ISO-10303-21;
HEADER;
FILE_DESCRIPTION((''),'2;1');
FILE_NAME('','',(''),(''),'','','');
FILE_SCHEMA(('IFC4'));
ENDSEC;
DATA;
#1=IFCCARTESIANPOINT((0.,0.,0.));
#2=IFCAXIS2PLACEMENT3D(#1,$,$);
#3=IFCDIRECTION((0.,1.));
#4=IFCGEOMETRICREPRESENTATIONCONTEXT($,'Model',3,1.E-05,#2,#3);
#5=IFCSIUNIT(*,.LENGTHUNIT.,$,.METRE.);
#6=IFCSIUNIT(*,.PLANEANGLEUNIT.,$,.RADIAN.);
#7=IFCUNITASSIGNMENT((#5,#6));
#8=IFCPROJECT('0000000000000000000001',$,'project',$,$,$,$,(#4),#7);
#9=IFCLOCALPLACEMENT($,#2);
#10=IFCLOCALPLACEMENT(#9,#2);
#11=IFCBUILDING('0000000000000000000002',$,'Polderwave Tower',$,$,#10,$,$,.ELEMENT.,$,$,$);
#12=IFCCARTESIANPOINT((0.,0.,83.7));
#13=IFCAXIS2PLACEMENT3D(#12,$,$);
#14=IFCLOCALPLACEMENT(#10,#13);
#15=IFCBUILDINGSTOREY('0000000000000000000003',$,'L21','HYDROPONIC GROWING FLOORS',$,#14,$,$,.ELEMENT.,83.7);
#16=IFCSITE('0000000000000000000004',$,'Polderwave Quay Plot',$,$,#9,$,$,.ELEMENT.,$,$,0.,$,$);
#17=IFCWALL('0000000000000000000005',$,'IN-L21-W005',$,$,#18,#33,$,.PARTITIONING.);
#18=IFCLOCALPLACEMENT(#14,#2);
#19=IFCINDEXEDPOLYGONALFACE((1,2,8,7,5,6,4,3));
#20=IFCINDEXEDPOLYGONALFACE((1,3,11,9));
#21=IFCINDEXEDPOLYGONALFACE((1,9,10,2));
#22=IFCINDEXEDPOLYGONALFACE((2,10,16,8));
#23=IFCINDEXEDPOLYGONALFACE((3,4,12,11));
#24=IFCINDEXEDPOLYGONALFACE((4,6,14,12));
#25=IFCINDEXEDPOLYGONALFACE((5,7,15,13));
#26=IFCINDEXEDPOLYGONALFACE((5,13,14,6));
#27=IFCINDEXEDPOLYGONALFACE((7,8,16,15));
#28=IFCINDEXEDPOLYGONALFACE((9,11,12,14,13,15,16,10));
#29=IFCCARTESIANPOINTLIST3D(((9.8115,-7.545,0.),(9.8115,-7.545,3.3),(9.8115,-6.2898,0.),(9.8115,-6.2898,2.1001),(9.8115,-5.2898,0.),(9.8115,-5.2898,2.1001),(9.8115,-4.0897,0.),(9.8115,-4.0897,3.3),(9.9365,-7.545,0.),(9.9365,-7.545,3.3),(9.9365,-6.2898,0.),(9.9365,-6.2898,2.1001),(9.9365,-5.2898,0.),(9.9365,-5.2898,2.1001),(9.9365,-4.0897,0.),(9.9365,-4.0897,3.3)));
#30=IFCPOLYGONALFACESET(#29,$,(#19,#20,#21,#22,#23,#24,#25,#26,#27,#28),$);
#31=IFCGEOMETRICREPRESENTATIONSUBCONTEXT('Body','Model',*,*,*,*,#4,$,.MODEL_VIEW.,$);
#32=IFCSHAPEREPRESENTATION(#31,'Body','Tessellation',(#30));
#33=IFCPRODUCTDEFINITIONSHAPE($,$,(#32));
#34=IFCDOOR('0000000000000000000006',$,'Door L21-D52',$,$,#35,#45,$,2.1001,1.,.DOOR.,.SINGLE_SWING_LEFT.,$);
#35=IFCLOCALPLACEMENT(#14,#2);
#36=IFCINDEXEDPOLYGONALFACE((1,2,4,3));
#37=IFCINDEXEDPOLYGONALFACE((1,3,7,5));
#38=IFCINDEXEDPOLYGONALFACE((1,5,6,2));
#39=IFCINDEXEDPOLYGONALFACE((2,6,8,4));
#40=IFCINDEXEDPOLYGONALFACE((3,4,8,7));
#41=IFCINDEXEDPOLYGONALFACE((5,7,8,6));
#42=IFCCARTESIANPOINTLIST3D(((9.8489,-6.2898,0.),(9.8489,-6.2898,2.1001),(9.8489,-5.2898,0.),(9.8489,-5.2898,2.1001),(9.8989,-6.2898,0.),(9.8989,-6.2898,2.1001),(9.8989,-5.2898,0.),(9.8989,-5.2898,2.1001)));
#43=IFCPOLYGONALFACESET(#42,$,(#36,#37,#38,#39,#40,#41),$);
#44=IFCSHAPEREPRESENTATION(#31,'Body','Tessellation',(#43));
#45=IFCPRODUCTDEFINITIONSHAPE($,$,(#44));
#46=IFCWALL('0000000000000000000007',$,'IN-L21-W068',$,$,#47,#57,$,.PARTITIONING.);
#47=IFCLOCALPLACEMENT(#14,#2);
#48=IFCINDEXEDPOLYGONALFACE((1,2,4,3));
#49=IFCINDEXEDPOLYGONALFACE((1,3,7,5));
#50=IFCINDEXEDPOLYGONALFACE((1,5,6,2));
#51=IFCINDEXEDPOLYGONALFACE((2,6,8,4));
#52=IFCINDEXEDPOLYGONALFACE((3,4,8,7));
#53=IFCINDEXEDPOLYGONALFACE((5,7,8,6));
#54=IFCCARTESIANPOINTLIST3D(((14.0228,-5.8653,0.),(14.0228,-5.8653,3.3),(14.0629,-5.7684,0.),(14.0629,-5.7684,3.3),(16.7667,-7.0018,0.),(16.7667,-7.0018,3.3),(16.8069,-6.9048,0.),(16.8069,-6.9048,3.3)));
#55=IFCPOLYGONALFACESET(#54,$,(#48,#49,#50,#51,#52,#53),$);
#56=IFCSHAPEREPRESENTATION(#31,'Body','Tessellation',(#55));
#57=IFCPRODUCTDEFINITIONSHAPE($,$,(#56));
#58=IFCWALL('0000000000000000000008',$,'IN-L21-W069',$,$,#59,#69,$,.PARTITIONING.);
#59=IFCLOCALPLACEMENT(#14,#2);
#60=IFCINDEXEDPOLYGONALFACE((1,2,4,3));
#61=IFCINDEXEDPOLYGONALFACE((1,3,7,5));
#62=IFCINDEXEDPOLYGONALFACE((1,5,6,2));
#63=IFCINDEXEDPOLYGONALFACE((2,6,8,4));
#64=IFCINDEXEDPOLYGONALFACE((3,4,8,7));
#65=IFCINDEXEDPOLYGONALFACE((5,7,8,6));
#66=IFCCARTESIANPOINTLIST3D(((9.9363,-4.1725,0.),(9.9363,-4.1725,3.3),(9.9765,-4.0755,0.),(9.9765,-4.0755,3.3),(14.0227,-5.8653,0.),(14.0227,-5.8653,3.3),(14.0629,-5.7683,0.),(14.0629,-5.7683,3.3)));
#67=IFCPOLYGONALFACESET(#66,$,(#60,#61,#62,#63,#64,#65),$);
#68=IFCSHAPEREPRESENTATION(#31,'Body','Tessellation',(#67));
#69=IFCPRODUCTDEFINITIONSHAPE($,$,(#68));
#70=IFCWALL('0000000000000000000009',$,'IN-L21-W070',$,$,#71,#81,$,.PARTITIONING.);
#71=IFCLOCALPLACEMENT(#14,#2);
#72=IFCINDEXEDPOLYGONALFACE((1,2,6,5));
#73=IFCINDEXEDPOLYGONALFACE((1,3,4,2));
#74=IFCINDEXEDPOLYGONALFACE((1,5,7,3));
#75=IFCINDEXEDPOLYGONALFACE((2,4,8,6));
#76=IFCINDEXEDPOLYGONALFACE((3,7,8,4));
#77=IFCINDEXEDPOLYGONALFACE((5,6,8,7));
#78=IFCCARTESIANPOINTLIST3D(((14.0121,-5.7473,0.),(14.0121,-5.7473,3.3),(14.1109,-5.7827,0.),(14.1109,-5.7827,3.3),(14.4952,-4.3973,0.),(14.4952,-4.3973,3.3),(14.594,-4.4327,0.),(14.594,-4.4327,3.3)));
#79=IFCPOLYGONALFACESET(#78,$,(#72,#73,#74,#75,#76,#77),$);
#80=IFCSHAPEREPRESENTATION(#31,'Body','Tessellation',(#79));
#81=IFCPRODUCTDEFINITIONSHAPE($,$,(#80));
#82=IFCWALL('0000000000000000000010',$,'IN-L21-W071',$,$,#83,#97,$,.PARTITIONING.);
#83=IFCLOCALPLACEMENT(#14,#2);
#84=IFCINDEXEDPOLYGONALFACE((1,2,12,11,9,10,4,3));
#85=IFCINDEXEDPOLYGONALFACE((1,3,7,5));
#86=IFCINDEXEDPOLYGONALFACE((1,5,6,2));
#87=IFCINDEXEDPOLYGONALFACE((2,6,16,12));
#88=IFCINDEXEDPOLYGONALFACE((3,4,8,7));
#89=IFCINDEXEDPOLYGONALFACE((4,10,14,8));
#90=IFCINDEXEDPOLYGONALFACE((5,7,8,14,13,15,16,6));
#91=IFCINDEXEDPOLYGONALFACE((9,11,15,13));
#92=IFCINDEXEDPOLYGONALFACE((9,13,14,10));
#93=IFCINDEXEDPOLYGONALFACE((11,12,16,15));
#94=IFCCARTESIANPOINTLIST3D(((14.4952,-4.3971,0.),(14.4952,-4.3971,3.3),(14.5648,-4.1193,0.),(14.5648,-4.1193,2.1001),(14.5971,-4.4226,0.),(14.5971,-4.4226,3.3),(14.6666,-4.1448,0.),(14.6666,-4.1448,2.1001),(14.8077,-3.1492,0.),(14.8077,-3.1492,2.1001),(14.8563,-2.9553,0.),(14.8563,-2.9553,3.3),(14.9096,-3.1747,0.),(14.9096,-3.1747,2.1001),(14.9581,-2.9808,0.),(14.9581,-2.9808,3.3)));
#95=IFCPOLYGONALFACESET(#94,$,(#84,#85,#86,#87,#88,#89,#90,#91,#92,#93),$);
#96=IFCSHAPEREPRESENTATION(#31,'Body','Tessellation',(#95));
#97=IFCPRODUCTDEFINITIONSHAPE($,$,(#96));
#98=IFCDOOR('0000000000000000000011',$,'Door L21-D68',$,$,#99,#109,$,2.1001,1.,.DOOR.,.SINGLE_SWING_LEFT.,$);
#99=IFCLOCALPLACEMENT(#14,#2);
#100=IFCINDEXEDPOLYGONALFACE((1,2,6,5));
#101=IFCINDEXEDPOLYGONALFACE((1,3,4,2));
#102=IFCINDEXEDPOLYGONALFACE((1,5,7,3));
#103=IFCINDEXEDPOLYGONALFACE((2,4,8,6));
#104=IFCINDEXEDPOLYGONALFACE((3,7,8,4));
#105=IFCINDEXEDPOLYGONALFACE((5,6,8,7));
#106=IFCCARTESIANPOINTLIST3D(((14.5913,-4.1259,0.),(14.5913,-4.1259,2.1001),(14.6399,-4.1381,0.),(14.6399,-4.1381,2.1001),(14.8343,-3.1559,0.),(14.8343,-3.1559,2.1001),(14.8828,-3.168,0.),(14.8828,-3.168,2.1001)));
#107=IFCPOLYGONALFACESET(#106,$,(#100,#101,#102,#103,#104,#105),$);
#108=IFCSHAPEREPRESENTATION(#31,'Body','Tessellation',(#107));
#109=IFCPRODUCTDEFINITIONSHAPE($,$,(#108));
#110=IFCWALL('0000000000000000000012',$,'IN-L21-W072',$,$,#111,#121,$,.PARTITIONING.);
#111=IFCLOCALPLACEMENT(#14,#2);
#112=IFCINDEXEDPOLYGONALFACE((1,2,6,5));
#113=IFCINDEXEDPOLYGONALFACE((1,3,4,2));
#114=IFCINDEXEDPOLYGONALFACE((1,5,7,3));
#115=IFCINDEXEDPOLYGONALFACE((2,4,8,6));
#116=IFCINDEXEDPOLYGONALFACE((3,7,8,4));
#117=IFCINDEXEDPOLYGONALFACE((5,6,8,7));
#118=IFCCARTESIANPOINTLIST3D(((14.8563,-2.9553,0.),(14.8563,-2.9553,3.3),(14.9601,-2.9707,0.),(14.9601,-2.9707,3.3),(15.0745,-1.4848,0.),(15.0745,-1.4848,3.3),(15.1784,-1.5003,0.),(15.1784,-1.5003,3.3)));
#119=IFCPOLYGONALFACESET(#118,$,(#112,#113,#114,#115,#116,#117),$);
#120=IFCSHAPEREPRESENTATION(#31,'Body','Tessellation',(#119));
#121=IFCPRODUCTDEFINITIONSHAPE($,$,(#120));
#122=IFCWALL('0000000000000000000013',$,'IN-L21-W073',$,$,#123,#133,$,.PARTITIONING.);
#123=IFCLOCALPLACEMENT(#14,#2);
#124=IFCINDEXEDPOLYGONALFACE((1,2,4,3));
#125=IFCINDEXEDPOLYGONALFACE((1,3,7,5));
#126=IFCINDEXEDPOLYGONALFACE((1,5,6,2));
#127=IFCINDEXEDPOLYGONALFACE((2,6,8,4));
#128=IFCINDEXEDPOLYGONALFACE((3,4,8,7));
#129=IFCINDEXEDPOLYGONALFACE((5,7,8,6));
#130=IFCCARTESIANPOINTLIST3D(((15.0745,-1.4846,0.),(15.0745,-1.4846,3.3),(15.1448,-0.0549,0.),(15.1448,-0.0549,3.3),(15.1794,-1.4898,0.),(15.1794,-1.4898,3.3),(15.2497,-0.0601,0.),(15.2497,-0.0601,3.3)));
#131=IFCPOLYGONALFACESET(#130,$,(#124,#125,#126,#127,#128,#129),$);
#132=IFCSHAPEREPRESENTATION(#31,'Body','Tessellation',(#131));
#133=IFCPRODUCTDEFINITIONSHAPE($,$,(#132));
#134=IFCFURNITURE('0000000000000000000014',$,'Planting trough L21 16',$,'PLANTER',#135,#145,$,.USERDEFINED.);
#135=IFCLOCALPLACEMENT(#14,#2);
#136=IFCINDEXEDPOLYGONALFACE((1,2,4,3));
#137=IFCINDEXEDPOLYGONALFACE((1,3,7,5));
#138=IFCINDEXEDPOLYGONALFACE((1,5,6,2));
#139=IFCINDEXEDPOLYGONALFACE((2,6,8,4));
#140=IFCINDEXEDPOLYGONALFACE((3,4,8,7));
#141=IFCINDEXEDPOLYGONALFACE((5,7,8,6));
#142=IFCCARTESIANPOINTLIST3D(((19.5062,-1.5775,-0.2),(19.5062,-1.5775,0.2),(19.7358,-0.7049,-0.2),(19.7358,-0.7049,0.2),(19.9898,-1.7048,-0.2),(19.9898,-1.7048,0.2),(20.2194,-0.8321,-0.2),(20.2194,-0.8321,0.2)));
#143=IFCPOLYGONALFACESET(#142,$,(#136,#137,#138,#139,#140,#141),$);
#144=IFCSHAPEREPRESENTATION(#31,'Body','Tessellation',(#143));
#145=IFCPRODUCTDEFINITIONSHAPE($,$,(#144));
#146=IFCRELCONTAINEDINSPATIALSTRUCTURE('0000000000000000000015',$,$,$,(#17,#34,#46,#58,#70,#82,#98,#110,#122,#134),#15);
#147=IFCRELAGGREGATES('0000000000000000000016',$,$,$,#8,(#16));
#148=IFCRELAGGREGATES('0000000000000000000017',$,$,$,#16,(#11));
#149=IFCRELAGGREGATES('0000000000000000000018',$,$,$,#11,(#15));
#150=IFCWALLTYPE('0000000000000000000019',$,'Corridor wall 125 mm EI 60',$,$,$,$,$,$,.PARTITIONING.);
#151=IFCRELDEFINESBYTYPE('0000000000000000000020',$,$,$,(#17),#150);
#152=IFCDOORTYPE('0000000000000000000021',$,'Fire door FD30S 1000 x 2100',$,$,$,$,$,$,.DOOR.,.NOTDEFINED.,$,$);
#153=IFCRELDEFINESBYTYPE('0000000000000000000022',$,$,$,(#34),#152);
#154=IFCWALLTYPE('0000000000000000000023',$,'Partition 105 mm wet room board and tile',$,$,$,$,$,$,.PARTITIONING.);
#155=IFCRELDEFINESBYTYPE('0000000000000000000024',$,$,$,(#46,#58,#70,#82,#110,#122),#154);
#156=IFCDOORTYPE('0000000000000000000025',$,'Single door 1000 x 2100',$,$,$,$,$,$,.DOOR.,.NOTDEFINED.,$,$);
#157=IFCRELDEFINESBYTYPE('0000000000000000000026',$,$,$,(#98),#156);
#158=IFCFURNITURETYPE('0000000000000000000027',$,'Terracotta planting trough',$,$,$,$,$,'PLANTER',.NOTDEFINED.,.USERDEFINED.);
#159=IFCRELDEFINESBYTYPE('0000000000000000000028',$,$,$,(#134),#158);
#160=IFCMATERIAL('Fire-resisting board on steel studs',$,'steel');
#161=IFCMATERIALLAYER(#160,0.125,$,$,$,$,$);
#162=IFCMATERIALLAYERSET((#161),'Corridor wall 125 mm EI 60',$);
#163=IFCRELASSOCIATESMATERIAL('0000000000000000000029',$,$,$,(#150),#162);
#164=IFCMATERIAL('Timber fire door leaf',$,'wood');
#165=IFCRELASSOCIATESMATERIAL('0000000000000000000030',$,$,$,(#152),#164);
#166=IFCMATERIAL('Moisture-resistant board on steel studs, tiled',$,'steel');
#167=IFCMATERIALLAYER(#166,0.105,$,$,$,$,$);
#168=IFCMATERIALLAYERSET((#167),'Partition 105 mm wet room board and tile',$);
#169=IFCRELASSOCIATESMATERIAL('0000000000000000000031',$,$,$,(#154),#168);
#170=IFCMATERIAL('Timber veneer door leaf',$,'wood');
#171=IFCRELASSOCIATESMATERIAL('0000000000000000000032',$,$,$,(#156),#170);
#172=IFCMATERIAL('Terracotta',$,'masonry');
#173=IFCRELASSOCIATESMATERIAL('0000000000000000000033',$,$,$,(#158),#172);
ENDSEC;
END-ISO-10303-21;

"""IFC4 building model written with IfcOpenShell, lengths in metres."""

from ifc_helpers import new_model, si_unit, direction, frame, frame_2d, origin, origin_2d, place, context, subcontext, project, spatial, rectangle, extrude, material, layer, layer_set, type_object, element, fill, save


model = new_model("IFC4")

# Units and contexts
model_context = context("Model", 3, precision=1e-05, world=origin(), true_north=direction((0.0, 1.0)))
body_context = subcontext(model_context, "Body", "Model", "MODEL_VIEW")
ifc_project = project(units=[si_unit("LENGTHUNIT", "METRE"), si_unit("PLANEANGLEUNIT", "RADIAN")], contexts=[model_context])

# Site, building, storey
site_placement = place(None, origin())
site = spatial("IfcSite", under=ifc_project, at=site_placement, Name="Polderwave Quay Plot", CompositionType="ELEMENT", RefElevation=0.0)
building_placement = place(site_placement, origin())
building = spatial("IfcBuilding", under=site, at=building_placement, Name="Polderwave Tower", CompositionType="ELEMENT")
storey_placement = place(building_placement, frame((0.0, 0.0, 83.7)))
storey = spatial("IfcBuildingStorey", under=building, at=storey_placement, Name="L21", Description="HYDROPONIC GROWING FLOORS", CompositionType="ELEMENT", Elevation=83.7)

# Shared definitions
ifc_material_1 = material(Name="Fire-resisting board on steel studs", Category="steel")
ifc_layer_1 = layer(ifc_material_1, 0.125)
ifc_layer_set_1 = layer_set([ifc_layer_1], Name="Corridor wall 125 mm EI 60")
wall_type_1 = type_object("IfcWallType", Name="Corridor wall 125 mm EI 60", PredefinedType="PARTITIONING", material=ifc_layer_set_1)

# Wall, opening, door
wall_1_placement = place(storey_placement, frame((9.874, -4.0898, 0.0), z_axis=(0.0, 0.0, 1.0), x_axis=(0.0, -1.0, 0.0)))
wall_1 = element("IfcWall", 1, at=wall_1_placement, inside=storey, type_object=wall_type_1, Name="IN-L21-W005", PredefinedType="PARTITIONING", context=body_context, shape_type="SweptSolid", body=[
    extrude(rectangle(XDim=3.4553, YDim=0.125, at=frame_2d((1.7275, 0.0))), origin(), (0.0, 0.0, 1.0), 3.3),
])
opening_1_placement = place(wall_1_placement, frame((1.2, 0.0, 0.0)))
opening_1 = element("IfcOpeningElement", 2, at=opening_1_placement, cuts=wall_1, PredefinedType="OPENING", context=body_context, shape_type="SweptSolid", body=[
    extrude(rectangle(XDim=1.0, YDim=2.1001, at=frame_2d((0.5, 1.05))), frame((0.0, 0.0725, 0.0), z_axis=(0.0, -1.0, 0.0), x_axis=(1.0, 0.0, 0.0)), (0.0, 0.0, 1.0), 0.145),
])
ifc_material_2 = material(Name="Timber fire door leaf", Category="wood")
door_type_1 = type_object("IfcDoorType", Name="Fire door FD30S 1000 x 2100", OperationType="NOTDEFINED", PredefinedType="DOOR", material=ifc_material_2)
door_1_placement = place(opening_1_placement, origin())
door_1 = element("IfcDoor", 3, at=door_1_placement, inside=storey, type_object=door_type_1, Name="Door L21-D52", OperationType="SINGLE_SWING_LEFT", OverallHeight=2.1001, OverallWidth=1.0, PredefinedType="DOOR", context=body_context, shape_type="SweptSolid", body=[
    extrude(rectangle(XDim=1.0, YDim=2.1001, at=frame_2d((0.5, 1.05))), frame((0.0, 0.0249, 0.0), z_axis=(0.0, -1.0, 0.0), x_axis=(1.0, 0.0, 0.0)), (0.0, 0.0, 1.0), 0.05),
])
fill(opening_1, door_1)

# Walls
ifc_material_3 = material(Name="Moisture-resistant board on steel studs, tiled", Category="steel")
ifc_layer_2 = layer(ifc_material_3, 0.105)
ifc_layer_set_2 = layer_set([ifc_layer_2], Name="Partition 105 mm wet room board and tile")
wall_type_2 = type_object("IfcWallType", Name="Partition 105 mm wet room board and tile", PredefinedType="PARTITIONING", material=ifc_layer_set_2)
wall_2_placement = place(storey_placement, frame((14.043, -5.8169, 0.0), z_axis=(0.0, 0.0, 1.0), x_axis=(0.92389, -0.382659, 0.0)))
element("IfcWall", 4, at=wall_2_placement, inside=storey, type_object=wall_type_2, Name="IN-L21-W068", PredefinedType="PARTITIONING", context=body_context, shape_type="SweptSolid", body=[
    extrude(rectangle(XDim=2.97, YDim=0.105, at=frame_2d((1.4849, 0.0))), origin(), (0.0, 0.0, 1.0), 3.3),
])
wall_3_placement = place(storey_placement, frame((9.9565, -4.124, 0.0), z_axis=(0.0, 0.0, 1.0), x_axis=(0.923862, -0.382726, 0.0)))
element("IfcWall", 5, at=wall_3_placement, inside=storey, type_object=wall_type_2, Name="IN-L21-W069", PredefinedType="PARTITIONING", context=body_context, shape_type="SweptSolid", body=[
    extrude(rectangle(XDim=4.4231, YDim=0.105, at=frame_2d((2.2114, 0.0))), origin(), (0.0, 0.0, 1.0), 3.3),
])
wall_4_placement = place(storey_placement, frame((14.0615, -5.7649, 0.0), z_axis=(0.0, 0.0, 1.0), x_axis=(0.33694, 0.941526, 0.0)))
element("IfcWall", 6, at=wall_4_placement, inside=storey, type_object=wall_type_2, Name="IN-L21-W070", PredefinedType="PARTITIONING", context=body_context, shape_type="SweptSolid", body=[
    extrude(rectangle(XDim=1.4338, YDim=0.105, at=frame_2d((0.7168, 0.0))), origin(), (0.0, 0.0, 1.0), 3.3),
])

# Wall, opening, door
wall_5_placement = place(storey_placement, frame((14.9072, -2.968, 0.0), z_axis=(0.0, 0.0, 1.0), x_axis=(-0.242922, -0.970046, 0.0)))
wall_5 = element("IfcWall", 7, at=wall_5_placement, inside=storey, type_object=wall_type_2, Name="IN-L21-W071", PredefinedType="PARTITIONING", context=body_context, shape_type="SweptSolid", body=[
    extrude(rectangle(XDim=1.4863, YDim=0.105, at=frame_2d((0.7432, 0.0))), origin(), (0.0, 0.0, 1.0), 3.3),
])
opening_2_placement = place(wall_5_placement, frame((0.2, 0.0, 0.0)))
opening_2 = element("IfcOpeningElement", 8, at=opening_2_placement, cuts=wall_5, PredefinedType="OPENING", context=body_context, shape_type="SweptSolid", body=[
    extrude(rectangle(XDim=1.0, YDim=2.1001, at=frame_2d((0.5, 1.05))), frame((0.0, 0.0625, 0.0), z_axis=(0.0, -1.0, 0.0), x_axis=(1.0, 0.0, 0.0)), (0.0, 0.0, 1.0), 0.125),
])
ifc_material_4 = material(Name="Timber veneer door leaf", Category="wood")
door_type_2 = type_object("IfcDoorType", Name="Single door 1000 x 2100", OperationType="NOTDEFINED", PredefinedType="DOOR", material=ifc_material_4)
door_2_placement = place(opening_2_placement, origin())
door_2 = element("IfcDoor", 9, at=door_2_placement, inside=storey, type_object=door_type_2, Name="Door L21-D68", OperationType="SINGLE_SWING_LEFT", OverallHeight=2.1001, OverallWidth=1.0, PredefinedType="DOOR", context=body_context, shape_type="SweptSolid", body=[
    extrude(rectangle(XDim=1.0, YDim=2.1001, at=frame_2d((0.5, 1.05))), frame((0.0, 0.0249, 0.0), z_axis=(0.0, -1.0, 0.0), x_axis=(1.0, 0.0, 0.0)), (0.0, 0.0, 1.0), 0.05),
])
fill(opening_2, door_2)

# Walls
wall_6_placement = place(storey_placement, frame((14.9082, -2.9629, 0.0), z_axis=(0.0, 0.0, 1.0), x_axis=(0.146822, 0.989163, 0.0)))
element("IfcWall", 10, at=wall_6_placement, inside=storey, type_object=wall_type_2, Name="IN-L21-W072", PredefinedType="PARTITIONING", context=body_context, shape_type="SweptSolid", body=[
    extrude(rectangle(XDim=1.4866, YDim=0.105, at=frame_2d((0.7432, 0.0))), origin(), (0.0, 0.0, 1.0), 3.3),
])
wall_7_placement = place(storey_placement, frame((15.127, -1.4873, 0.0), z_axis=(0.0, 0.0, 1.0), x_axis=(0.049121, 0.998793, 0.0)))
element("IfcWall", 11, at=wall_7_placement, inside=storey, type_object=wall_type_2, Name="IN-L21-W073", PredefinedType="PARTITIONING", context=body_context, shape_type="SweptSolid", body=[
    extrude(rectangle(XDim=1.4314, YDim=0.105, at=frame_2d((0.7158, 0.0))), origin(), (0.0, 0.0, 1.0), 3.3),
])

# Furniture
ifc_material_5 = material(Name="Terracotta", Category="masonry")
furniture_type = type_object("IfcFurnitureType", Name="Terracotta planting trough", ElementType="PLANTER", AssemblyPlace="NOTDEFINED", PredefinedType="USERDEFINED", material=ifc_material_5)
furniture_placement = place(storey_placement, frame((19.8628, -1.2048, -0.2), z_axis=(0.0, 0.0, 1.0), x_axis=(0.254464, 0.967082, 0.0)))
element("IfcFurniture", 12, at=furniture_placement, inside=storey, type_object=furniture_type, Name="Planting trough L21 16", ObjectType="PLANTER", PredefinedType="USERDEFINED", context=body_context, shape_type="SweptSolid", body=[
    extrude(rectangle(XDim=0.9023, YDim=0.5, at=origin_2d()), origin(), (0.0, 0.0, 1.0), 0.3999),
])

save(model, "model.ifc")
